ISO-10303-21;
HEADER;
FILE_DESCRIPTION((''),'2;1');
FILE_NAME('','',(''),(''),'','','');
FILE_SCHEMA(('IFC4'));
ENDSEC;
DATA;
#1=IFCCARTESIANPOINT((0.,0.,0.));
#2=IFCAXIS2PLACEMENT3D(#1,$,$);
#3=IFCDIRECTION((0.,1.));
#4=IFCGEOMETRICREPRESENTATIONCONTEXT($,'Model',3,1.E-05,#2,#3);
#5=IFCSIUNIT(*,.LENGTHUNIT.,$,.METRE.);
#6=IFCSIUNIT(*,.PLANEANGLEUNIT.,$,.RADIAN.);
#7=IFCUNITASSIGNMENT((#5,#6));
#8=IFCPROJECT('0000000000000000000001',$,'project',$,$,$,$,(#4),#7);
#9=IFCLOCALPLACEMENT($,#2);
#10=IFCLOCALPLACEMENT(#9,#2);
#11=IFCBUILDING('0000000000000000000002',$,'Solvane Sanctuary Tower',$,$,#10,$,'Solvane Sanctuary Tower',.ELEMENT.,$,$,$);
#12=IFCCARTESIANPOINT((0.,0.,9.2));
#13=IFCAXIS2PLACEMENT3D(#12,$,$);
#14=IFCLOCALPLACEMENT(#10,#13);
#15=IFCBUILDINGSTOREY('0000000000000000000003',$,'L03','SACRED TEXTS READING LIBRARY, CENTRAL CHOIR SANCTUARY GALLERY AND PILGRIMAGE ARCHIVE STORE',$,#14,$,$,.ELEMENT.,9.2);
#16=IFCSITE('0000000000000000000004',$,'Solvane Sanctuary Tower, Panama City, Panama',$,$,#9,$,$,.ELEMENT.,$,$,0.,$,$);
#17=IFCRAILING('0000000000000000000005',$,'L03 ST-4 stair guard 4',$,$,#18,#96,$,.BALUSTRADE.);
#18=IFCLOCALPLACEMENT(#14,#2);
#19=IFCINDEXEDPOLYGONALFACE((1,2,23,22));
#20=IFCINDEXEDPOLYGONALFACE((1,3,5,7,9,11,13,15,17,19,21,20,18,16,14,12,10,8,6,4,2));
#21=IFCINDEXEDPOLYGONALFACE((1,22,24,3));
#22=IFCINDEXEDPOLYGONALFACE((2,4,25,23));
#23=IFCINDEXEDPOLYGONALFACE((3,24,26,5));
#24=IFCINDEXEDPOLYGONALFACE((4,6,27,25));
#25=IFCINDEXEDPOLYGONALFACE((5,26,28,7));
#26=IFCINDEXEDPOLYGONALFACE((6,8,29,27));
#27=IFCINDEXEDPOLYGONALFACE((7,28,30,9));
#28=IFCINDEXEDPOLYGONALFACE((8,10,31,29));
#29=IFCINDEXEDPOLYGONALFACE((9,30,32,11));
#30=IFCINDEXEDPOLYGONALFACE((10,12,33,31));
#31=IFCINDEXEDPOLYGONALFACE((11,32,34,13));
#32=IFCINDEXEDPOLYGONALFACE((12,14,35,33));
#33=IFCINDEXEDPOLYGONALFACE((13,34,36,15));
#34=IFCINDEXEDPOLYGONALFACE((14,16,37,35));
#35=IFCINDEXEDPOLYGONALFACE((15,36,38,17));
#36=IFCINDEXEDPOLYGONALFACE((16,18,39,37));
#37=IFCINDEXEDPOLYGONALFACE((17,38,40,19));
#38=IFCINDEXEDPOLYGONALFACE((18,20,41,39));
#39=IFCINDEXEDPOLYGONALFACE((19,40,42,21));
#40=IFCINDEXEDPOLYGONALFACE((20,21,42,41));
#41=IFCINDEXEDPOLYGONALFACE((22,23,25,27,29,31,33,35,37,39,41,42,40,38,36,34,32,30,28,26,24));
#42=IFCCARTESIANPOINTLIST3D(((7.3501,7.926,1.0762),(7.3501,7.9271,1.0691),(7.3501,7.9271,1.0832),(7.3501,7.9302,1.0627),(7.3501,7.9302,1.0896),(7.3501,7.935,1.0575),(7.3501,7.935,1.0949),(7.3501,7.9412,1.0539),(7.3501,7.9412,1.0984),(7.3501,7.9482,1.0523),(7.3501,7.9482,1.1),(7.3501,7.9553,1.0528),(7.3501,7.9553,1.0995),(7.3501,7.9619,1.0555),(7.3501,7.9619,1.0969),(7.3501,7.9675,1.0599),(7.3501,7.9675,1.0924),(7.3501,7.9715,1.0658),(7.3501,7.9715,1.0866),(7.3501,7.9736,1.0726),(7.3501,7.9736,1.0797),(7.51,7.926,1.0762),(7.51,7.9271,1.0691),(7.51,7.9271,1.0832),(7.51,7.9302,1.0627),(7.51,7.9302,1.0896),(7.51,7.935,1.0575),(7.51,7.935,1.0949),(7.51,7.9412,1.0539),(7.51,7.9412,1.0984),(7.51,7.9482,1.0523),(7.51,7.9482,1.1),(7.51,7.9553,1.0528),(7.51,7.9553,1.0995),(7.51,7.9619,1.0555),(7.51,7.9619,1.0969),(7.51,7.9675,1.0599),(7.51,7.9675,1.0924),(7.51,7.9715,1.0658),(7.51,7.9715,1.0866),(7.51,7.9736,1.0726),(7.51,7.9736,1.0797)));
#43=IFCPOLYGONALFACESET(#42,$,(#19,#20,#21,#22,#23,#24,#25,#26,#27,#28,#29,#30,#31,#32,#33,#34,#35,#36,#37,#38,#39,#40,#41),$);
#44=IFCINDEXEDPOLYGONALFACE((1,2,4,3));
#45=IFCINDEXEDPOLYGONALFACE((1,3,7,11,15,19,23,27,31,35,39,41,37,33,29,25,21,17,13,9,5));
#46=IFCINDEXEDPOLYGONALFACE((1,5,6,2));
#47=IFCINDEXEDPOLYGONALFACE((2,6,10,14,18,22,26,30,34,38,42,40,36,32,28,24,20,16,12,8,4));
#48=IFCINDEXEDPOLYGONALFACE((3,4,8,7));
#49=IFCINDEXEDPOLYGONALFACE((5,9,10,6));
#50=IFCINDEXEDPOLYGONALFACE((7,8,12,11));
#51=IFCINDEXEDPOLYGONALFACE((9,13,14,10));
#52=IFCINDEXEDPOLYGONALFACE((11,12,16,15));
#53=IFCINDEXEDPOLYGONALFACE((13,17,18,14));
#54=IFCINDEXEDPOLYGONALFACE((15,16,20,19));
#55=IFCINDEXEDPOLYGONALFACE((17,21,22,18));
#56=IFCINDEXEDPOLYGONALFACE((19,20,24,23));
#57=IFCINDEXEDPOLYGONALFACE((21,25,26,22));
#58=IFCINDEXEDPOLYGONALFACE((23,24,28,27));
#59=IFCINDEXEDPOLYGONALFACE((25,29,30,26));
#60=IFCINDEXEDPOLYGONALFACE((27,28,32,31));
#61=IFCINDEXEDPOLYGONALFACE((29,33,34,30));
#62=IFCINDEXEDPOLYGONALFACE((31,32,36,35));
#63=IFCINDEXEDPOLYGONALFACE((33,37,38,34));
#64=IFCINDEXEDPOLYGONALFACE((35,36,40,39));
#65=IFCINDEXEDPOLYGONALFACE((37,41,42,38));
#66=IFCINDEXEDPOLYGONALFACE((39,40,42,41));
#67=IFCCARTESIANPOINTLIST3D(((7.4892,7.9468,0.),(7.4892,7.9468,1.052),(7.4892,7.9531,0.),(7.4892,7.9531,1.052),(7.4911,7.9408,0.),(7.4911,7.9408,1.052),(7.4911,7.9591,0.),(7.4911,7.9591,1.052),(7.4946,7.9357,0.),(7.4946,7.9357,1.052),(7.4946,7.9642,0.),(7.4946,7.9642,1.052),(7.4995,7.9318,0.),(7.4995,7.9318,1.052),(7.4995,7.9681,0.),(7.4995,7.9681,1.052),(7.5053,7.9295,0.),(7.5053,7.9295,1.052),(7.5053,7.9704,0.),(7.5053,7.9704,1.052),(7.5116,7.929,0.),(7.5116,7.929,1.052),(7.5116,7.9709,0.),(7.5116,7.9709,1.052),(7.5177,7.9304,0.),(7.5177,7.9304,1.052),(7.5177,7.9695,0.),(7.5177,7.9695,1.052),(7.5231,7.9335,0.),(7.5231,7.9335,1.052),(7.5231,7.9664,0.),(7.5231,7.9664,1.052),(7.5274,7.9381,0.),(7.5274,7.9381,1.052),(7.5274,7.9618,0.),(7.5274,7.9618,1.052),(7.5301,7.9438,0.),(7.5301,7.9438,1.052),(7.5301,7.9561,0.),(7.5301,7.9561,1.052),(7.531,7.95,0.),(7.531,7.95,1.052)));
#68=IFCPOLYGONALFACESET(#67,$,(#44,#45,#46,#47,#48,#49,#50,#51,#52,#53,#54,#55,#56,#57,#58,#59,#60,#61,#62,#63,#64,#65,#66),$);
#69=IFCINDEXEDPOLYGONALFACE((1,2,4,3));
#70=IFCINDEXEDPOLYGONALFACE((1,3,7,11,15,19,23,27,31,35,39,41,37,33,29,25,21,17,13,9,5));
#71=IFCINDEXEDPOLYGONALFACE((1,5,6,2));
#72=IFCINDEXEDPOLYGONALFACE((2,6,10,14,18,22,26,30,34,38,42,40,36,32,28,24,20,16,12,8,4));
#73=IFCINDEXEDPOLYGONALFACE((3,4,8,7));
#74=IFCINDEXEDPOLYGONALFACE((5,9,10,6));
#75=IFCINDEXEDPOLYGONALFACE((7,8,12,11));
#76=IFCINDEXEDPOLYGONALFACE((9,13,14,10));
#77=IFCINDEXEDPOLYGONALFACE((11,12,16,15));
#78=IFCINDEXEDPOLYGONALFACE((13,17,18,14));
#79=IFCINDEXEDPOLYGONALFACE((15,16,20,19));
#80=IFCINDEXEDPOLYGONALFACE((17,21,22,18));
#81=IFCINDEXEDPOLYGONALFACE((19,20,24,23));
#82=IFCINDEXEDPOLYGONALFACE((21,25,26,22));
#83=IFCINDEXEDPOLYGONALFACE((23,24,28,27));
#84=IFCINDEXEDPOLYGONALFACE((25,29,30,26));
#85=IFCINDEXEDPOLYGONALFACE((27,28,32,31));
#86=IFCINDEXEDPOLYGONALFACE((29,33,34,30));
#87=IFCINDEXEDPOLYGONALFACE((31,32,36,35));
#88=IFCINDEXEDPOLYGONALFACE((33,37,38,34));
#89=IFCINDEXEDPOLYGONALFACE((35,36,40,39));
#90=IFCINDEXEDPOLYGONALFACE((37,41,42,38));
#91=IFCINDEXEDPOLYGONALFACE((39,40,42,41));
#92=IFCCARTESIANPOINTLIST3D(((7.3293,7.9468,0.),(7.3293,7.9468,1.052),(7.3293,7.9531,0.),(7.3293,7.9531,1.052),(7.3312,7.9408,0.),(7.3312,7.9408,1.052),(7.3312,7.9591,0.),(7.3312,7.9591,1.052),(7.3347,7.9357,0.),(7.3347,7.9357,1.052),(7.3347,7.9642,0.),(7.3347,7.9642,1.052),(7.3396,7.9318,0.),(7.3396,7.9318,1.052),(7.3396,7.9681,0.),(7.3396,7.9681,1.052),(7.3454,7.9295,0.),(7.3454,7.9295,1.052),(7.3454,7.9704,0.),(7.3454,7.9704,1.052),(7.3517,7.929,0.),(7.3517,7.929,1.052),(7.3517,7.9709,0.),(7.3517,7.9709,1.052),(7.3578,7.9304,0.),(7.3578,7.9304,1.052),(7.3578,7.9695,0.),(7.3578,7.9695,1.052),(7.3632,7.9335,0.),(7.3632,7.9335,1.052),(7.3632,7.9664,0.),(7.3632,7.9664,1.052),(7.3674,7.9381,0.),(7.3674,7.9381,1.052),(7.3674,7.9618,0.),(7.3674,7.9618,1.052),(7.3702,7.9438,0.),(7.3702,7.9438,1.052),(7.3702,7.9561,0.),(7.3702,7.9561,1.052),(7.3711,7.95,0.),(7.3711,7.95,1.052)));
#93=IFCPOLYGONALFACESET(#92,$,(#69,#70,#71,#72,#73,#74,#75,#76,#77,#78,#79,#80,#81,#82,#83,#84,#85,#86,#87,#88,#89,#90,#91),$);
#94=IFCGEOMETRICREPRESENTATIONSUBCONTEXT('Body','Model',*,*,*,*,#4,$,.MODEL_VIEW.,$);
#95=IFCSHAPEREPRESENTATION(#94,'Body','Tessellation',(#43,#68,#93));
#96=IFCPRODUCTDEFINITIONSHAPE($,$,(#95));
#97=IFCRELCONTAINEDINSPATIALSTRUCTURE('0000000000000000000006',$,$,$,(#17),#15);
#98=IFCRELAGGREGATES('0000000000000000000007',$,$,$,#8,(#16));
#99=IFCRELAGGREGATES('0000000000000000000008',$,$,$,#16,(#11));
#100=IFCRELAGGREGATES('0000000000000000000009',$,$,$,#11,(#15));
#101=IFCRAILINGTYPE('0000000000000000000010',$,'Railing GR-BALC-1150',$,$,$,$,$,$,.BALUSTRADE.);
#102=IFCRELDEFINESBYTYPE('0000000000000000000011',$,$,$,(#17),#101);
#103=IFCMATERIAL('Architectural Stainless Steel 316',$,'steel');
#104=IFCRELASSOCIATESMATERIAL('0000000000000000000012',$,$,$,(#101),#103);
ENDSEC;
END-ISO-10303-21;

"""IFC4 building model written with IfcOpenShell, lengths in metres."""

from ifc_helpers import new_model, si_unit, direction, frame, origin, origin_2d, place, context, subcontext, project, spatial, circle, extrude, material, type_object, element, save


model = new_model("IFC4")

# Units and contexts
model_context = context("Model", 3, precision=1e-05, world=origin(), true_north=direction((0.0, 1.0)))
body_context = subcontext(model_context, "Body", "Model", "MODEL_VIEW")
ifc_project = project(units=[si_unit("LENGTHUNIT", "METRE"), si_unit("PLANEANGLEUNIT", "RADIAN")], contexts=[model_context])

# Site, building, storey
site_placement = place(None, origin())
site = spatial("IfcSite", under=ifc_project, at=site_placement, Name="Solvane Sanctuary Tower, Panama City, Panama", CompositionType="ELEMENT", RefElevation=0.0)
building_placement = place(site_placement, origin())
building = spatial("IfcBuilding", under=site, at=building_placement, Name="Solvane Sanctuary Tower", LongName="Solvane Sanctuary Tower", CompositionType="ELEMENT")
storey_placement = place(building_placement, frame((0.0, 0.0, 9.2)))
storey = spatial("IfcBuildingStorey", under=building, at=storey_placement, Name="L03", Description="SACRED TEXTS READING LIBRARY, CENTRAL CHOIR SANCTUARY GALLERY AND PILGRIMAGE ARCHIVE STORE", CompositionType="ELEMENT", Elevation=9.2)

# Shared definitions
ifc_material_1 = material(Name="Architectural Stainless Steel 316", Category="steel")

# Railing
railing_type_1 = type_object("IfcRailingType", Name="Railing GR-BALC-1150", PredefinedType="BALUSTRADE", material=ifc_material_1)
railing_1_placement = place(storey_placement, frame((7.51, 7.95, 0.0)))
element("IfcRailing", 1, at=railing_1_placement, inside=storey, type_object=railing_type_1, Name="L03 ST-4 stair guard 4", PredefinedType="BALUSTRADE", context=body_context, shape_type="SweptSolid", body=[
    extrude(circle(Radius=0.0239, at=origin_2d()), frame((0.0, 0.0, 1.0762), z_axis=(-1.0, 0.0, 0.0), x_axis=(0.0, -1.0, 0.0)), (0.0, 0.0, 1.0), 0.1599),
    extrude(circle(Radius=0.021, at=origin_2d()), origin(), (0.0, 0.0, 1.0), 1.052),
    extrude(circle(Radius=0.021, at=origin_2d()), frame((-0.1599, 0.0, 0.0)), (0.0, 0.0, 1.0), 1.052),
])

save(model, "model.ifc")
